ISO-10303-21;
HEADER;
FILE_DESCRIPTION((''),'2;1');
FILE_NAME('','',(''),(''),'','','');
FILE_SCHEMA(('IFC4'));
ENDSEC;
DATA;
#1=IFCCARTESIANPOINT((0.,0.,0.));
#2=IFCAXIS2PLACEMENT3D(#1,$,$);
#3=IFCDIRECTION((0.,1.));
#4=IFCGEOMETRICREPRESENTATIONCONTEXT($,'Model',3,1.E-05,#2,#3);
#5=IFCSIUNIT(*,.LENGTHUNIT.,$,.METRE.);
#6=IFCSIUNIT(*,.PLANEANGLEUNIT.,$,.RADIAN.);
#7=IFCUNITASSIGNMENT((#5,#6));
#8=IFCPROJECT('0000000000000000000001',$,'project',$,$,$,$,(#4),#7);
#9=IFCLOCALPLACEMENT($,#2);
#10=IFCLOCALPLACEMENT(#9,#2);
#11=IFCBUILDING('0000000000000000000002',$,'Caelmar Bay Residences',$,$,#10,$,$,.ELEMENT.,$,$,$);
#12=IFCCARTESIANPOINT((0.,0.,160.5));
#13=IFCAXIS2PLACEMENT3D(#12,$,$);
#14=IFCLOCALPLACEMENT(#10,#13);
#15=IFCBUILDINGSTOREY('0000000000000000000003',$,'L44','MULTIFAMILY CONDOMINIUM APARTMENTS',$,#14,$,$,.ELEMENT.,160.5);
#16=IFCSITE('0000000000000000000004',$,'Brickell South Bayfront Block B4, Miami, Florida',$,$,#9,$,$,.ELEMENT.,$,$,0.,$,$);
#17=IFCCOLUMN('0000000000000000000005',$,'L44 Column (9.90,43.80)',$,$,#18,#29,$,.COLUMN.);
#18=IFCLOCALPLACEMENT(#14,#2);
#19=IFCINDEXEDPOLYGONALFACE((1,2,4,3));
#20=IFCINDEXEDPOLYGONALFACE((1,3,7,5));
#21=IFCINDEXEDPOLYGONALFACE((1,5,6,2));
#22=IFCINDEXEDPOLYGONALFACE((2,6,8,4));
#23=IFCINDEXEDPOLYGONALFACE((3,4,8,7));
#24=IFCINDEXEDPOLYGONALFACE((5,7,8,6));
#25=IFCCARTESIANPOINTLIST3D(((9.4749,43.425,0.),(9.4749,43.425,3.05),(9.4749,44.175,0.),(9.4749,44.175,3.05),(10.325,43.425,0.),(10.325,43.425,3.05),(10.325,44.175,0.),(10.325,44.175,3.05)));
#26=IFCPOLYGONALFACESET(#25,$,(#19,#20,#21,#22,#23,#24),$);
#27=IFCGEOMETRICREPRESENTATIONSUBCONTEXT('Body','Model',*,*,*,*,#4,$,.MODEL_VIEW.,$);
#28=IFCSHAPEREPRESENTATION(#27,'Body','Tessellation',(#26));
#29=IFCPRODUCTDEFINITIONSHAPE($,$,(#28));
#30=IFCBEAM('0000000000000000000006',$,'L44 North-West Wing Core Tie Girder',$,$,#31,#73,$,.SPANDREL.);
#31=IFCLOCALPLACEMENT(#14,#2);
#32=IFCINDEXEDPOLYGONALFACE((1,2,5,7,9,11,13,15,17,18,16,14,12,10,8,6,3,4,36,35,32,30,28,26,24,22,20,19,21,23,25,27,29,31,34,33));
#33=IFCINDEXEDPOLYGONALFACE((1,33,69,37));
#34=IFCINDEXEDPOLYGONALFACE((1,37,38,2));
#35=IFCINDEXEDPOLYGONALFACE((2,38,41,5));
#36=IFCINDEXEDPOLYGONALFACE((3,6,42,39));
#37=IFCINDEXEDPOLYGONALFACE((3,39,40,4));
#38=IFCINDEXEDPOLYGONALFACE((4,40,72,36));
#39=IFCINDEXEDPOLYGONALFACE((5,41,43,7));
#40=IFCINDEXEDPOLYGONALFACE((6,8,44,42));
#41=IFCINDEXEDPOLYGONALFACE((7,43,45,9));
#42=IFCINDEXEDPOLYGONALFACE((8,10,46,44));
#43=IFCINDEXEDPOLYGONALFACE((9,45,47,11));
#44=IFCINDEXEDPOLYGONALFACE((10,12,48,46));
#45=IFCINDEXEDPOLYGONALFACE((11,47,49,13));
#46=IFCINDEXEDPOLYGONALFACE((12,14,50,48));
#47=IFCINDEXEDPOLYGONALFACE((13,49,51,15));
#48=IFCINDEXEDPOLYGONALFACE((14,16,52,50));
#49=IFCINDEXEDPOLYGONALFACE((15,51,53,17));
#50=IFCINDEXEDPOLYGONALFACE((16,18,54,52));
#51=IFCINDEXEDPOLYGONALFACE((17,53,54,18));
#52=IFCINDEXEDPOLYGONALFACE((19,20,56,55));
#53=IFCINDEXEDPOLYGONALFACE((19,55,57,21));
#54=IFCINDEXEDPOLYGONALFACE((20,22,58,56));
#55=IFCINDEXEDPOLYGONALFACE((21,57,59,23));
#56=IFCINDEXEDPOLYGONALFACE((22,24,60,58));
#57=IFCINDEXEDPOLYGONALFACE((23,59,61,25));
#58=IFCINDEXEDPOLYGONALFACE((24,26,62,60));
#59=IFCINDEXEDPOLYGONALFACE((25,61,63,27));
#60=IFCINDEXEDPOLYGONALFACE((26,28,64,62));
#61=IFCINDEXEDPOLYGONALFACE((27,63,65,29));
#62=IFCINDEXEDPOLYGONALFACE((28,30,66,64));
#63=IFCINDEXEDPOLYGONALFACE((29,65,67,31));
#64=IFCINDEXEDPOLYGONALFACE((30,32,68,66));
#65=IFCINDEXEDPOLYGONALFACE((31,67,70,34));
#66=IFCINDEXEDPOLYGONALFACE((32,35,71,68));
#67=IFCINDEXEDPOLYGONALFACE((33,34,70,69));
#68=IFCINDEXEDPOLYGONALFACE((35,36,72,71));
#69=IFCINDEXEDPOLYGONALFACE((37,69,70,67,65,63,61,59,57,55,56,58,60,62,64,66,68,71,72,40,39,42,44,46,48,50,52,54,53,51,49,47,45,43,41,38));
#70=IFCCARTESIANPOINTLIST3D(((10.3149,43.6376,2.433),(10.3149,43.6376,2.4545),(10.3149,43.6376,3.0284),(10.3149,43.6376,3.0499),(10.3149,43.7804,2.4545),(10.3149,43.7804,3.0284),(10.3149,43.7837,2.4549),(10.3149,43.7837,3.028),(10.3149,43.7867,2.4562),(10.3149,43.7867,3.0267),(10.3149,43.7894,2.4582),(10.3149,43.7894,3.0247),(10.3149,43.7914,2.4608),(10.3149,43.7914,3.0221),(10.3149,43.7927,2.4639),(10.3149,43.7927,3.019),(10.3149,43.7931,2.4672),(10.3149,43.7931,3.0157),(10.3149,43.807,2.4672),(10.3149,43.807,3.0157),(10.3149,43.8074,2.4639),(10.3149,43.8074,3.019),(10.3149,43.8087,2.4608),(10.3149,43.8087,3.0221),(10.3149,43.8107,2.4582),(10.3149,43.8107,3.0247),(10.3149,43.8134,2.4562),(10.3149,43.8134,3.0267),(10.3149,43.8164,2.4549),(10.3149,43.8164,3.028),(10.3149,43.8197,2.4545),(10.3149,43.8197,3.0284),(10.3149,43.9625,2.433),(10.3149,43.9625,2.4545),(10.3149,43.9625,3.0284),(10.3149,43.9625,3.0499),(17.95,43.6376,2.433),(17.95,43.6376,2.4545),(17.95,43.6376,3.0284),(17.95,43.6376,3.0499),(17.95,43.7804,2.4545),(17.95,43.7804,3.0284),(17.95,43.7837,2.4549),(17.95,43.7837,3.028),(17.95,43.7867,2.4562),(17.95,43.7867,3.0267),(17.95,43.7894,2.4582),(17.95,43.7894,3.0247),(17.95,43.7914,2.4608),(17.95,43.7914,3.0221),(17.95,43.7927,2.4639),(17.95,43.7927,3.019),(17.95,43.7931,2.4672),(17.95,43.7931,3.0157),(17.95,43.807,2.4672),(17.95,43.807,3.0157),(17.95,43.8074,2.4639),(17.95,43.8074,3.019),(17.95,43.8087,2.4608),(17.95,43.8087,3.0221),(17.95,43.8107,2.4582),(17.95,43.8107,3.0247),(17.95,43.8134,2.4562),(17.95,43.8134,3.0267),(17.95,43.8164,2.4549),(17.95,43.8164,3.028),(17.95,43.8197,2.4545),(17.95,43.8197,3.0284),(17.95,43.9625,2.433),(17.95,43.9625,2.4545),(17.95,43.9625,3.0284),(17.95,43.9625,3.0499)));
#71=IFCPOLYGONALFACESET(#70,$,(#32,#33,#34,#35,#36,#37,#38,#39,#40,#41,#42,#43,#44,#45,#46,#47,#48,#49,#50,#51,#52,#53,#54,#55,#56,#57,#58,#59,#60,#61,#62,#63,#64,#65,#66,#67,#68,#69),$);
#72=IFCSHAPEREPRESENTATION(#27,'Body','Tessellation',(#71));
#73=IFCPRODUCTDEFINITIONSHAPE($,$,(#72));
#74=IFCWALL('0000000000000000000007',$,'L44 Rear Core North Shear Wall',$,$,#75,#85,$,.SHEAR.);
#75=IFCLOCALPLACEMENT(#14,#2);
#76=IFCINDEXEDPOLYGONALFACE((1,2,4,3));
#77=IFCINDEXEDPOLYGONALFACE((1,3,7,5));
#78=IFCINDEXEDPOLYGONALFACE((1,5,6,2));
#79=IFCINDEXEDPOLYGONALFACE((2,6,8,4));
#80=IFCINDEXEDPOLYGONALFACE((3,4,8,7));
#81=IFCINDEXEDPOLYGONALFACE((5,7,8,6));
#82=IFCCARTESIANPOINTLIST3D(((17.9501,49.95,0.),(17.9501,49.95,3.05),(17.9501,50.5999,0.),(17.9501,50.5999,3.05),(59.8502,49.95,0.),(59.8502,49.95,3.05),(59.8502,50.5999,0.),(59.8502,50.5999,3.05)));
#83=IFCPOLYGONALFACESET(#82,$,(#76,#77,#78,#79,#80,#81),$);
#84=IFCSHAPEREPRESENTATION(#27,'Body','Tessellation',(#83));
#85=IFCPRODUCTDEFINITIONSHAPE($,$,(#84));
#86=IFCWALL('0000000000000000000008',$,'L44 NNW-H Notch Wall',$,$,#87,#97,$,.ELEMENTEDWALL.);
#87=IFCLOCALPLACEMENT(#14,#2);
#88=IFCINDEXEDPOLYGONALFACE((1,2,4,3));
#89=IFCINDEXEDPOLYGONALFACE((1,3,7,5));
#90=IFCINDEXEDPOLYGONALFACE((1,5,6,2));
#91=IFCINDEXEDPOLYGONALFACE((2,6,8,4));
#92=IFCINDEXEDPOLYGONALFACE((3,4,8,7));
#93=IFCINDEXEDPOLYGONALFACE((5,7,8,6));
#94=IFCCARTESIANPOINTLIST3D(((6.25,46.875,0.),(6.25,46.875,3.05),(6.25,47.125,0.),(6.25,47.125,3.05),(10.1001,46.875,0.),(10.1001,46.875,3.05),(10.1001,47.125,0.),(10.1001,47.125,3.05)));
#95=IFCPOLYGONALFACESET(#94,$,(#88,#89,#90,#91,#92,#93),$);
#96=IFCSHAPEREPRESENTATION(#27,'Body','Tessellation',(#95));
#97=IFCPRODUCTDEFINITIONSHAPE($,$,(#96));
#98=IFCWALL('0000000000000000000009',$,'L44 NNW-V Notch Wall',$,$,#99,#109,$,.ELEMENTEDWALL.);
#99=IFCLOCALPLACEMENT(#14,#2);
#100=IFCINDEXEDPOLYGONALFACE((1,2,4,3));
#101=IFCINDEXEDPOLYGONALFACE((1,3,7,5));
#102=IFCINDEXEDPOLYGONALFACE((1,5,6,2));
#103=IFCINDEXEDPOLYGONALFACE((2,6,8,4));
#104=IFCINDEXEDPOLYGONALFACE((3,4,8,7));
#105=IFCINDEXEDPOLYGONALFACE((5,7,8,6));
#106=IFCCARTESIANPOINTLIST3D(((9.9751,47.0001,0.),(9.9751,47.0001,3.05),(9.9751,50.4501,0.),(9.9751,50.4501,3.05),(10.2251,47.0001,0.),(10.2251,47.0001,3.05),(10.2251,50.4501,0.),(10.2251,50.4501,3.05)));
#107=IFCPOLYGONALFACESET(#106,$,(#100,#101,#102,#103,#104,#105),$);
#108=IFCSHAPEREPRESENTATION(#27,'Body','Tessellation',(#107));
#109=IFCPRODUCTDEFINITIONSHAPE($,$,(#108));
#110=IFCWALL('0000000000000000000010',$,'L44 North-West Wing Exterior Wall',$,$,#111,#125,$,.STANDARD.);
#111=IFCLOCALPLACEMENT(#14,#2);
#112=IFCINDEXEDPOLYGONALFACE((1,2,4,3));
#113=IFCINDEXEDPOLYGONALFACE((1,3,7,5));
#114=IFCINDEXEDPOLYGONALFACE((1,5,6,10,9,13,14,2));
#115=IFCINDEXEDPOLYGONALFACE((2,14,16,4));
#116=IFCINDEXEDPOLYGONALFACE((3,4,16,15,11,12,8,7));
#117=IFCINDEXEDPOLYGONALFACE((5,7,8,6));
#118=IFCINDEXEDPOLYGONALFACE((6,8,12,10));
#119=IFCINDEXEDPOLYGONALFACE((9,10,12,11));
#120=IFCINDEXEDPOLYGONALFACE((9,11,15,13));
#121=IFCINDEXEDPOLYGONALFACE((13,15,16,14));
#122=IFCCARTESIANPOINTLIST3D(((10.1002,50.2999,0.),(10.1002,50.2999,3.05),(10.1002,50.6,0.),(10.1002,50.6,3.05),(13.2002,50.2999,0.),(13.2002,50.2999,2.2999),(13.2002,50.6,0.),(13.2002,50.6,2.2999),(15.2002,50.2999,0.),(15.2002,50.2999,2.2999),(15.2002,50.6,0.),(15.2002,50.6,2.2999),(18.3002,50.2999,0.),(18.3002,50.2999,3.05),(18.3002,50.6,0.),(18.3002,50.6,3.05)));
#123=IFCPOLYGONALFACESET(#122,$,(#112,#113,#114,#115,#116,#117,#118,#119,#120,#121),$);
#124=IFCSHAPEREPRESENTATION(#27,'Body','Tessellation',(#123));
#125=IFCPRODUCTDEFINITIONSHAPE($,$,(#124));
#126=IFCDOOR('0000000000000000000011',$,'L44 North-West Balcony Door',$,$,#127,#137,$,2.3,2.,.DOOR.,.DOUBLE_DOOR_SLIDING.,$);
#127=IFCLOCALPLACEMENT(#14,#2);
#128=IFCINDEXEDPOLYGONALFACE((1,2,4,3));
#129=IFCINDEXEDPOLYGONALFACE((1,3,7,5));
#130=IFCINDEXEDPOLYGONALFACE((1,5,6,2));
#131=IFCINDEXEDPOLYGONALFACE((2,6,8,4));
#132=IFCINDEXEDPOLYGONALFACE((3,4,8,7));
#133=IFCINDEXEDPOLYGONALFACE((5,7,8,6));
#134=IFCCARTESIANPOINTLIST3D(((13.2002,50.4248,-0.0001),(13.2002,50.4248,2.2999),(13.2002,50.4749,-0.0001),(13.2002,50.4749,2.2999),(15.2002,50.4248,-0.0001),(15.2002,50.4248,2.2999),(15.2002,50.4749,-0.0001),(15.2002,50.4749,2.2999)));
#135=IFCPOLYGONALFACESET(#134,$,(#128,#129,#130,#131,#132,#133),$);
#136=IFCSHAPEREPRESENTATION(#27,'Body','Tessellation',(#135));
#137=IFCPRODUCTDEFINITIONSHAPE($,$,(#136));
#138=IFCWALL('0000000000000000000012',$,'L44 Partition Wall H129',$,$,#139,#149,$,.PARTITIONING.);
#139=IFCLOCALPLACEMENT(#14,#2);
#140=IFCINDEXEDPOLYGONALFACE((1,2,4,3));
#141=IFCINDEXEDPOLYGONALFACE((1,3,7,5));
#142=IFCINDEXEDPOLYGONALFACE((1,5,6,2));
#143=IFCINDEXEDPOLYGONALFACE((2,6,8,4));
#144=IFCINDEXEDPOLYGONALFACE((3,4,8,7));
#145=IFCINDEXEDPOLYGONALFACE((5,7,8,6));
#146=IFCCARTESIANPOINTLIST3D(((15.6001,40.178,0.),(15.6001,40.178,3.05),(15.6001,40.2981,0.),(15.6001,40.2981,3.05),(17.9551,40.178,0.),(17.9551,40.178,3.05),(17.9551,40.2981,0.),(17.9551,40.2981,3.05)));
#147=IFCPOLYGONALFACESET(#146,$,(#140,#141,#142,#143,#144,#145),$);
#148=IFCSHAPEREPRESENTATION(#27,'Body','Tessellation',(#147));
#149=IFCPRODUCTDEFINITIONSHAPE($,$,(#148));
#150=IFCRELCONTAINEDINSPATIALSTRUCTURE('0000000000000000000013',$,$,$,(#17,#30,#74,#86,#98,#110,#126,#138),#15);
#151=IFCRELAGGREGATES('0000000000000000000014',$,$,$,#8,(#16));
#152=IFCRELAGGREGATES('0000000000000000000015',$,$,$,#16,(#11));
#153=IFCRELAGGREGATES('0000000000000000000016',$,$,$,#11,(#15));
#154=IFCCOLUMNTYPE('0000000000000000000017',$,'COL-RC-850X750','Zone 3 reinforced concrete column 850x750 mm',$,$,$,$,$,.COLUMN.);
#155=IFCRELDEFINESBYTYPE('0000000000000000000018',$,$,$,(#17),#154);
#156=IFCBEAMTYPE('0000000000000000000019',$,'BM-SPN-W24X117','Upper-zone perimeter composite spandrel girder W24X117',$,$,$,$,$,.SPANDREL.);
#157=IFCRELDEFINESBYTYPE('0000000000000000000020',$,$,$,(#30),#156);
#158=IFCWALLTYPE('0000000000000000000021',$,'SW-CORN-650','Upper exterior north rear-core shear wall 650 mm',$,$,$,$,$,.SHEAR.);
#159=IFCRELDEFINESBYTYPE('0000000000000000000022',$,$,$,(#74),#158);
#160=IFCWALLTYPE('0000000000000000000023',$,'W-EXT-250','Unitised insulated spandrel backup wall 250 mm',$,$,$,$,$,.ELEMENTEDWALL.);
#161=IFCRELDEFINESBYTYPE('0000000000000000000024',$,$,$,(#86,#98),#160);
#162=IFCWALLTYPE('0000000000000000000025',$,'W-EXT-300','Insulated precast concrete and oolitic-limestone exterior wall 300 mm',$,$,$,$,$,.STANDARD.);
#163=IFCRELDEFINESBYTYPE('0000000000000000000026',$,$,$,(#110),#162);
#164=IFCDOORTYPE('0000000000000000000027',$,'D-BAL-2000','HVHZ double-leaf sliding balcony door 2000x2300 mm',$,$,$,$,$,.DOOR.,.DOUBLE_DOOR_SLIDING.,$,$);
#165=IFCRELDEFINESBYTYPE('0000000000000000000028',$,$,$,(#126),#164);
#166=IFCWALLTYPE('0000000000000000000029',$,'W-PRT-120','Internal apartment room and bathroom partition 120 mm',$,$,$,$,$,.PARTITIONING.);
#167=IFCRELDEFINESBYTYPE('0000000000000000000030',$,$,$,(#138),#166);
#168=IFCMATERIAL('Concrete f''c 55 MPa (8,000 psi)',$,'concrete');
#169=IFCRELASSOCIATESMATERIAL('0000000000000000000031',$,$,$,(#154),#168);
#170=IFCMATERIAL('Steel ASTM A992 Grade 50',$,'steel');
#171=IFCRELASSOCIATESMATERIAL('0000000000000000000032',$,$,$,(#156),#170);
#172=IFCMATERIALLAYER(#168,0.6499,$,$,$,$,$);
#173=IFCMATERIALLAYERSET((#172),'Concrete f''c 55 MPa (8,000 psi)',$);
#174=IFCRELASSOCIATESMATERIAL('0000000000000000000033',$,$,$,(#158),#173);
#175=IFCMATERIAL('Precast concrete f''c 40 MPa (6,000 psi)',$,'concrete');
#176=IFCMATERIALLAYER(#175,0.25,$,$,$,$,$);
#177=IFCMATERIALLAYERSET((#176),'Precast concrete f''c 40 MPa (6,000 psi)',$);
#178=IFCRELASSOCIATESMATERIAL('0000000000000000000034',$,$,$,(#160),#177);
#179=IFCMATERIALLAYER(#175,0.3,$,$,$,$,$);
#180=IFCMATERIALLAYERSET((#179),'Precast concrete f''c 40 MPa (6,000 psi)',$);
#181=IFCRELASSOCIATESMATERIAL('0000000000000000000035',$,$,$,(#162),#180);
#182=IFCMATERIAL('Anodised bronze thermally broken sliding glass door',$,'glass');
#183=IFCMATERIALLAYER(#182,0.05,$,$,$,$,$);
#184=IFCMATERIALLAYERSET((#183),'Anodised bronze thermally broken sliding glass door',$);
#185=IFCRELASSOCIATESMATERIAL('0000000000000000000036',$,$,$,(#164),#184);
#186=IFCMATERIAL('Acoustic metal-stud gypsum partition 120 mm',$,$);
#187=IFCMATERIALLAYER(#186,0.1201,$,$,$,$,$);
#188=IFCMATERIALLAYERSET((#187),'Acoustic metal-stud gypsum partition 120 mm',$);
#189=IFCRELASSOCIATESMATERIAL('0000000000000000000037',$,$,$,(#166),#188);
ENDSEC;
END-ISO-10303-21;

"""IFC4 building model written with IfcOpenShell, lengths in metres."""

from ifc_helpers import new_model, si_unit, direction, frame, frame_2d, origin, origin_2d, place, context, subcontext, project, spatial, rectangle, i_section, extrude, material, layer, layer_set, material_profile, profile_set, type_object, element, fill, save


model = new_model("IFC4")

# Units and contexts
model_context = context("Model", 3, precision=1e-05, world=origin(), true_north=direction((0.0, 1.0)))
body_context = subcontext(model_context, "Body", "Model", "MODEL_VIEW")
ifc_project = project(units=[si_unit("LENGTHUNIT", "METRE"), si_unit("PLANEANGLEUNIT", "RADIAN")], contexts=[model_context])

# Site, building, storey
site_placement = place(None, origin())
site = spatial("IfcSite", under=ifc_project, at=site_placement, Name="Brickell South Bayfront Block B4, Miami, Florida", CompositionType="ELEMENT", RefElevation=0.0)
building_placement = place(site_placement, origin())
building = spatial("IfcBuilding", under=site, at=building_placement, Name="Caelmar Bay Residences", CompositionType="ELEMENT")
storey_placement = place(building_placement, frame((0.0, 0.0, 160.5)))
storey = spatial("IfcBuildingStorey", under=building, at=storey_placement, Name="L44", Description="MULTIFAMILY CONDOMINIUM APARTMENTS", CompositionType="ELEMENT", Elevation=160.5)

# Column
ifc_material_1 = material(Name="Concrete f'c 55 MPa (8,000 psi)", Category="concrete")
ifc_material_profile_1 = material_profile(ifc_material_1, rectangle(XDim=0.8501, YDim=0.75, at=origin_2d()), Name="RC-COL-850X750")
ifc_profile_set_1 = profile_set([ifc_material_profile_1], Name="Concrete f'c 55 MPa (8,000 psi)")
column_type = type_object("IfcColumnType", Name="COL-RC-850X750", Description="Zone 3 reinforced concrete column 850x750 mm", PredefinedType="COLUMN", material=ifc_profile_set_1)
column_placement = place(storey_placement, frame((9.8999, 43.8, 0.0), z_axis=(0.0, 0.0, 1.0), x_axis=(1.0, 0.0, 0.0)))
element("IfcColumn", 1, at=column_placement, inside=storey, type_object=column_type, Name="L44 Column (9.90,43.80)", PredefinedType="COLUMN", context=body_context, shape_type="SweptSolid", body=[
    extrude(rectangle(XDim=0.8501, YDim=0.75, at=origin_2d()), origin(), (0.0, 0.0, 1.0), 3.05),
])

# Beam
ifc_material_2 = material(Name="Steel ASTM A992 Grade 50", Category="steel")
ifc_material_profile_2 = material_profile(ifc_material_2, i_section(OverallWidth=0.325, OverallDepth=0.6169, WebThickness=0.0139, FlangeThickness=0.0215, FilletRadius=0.0127, at=origin_2d()), Name="W24X117")
ifc_profile_set_2 = profile_set([ifc_material_profile_2], Name="Steel ASTM A992 Grade 50")
beam_type = type_object("IfcBeamType", Name="BM-SPN-W24X117", Description="Upper-zone perimeter composite spandrel girder W24X117", PredefinedType="SPANDREL", material=ifc_profile_set_2)
beam_placement = place(storey_placement, frame((10.3149, 43.8, 2.7415), z_axis=(1.0, 0.0, 0.0), x_axis=(0.0, 1.0, 0.0)))
element("IfcBeam", 2, at=beam_placement, inside=storey, type_object=beam_type, Name="L44 North-West Wing Core Tie Girder", PredefinedType="SPANDREL", context=body_context, shape_type="SweptSolid", body=[
    extrude(i_section(OverallWidth=0.325, OverallDepth=0.6169, WebThickness=0.0139, FlangeThickness=0.0215, FilletRadius=0.0127, at=origin_2d()), origin(), (0.0, 0.0, 1.0), 7.635),
])

# Walls
ifc_layer_1 = layer(ifc_material_1, 0.6499)
ifc_layer_set_1 = layer_set([ifc_layer_1], Name="Concrete f'c 55 MPa (8,000 psi)")
wall_type_1 = type_object("IfcWallType", Name="SW-CORN-650", Description="Upper exterior north rear-core shear wall 650 mm", PredefinedType="SHEAR", material=ifc_layer_set_1)
wall_1_placement = place(storey_placement, frame((17.95, 50.2749, 0.0), z_axis=(0.0, 0.0, 1.0), x_axis=(1.0, 0.0, 0.0)))
element("IfcWall", 3, at=wall_1_placement, inside=storey, type_object=wall_type_1, Name="L44 Rear Core North Shear Wall", PredefinedType="SHEAR", context=body_context, shape_type="SweptSolid", body=[
    extrude(rectangle(XDim=41.9001, YDim=0.6499, at=frame_2d((20.9502, 0.0))), origin(), (0.0, 0.0, 1.0), 3.05),
])
ifc_material_3 = material(Name="Precast concrete f'c 40 MPa (6,000 psi)", Category="concrete")
ifc_layer_2 = layer(ifc_material_3, 0.25)
ifc_layer_set_2 = layer_set([ifc_layer_2], Name="Precast concrete f'c 40 MPa (6,000 psi)")
wall_type_2 = type_object("IfcWallType", Name="W-EXT-250", Description="Unitised insulated spandrel backup wall 250 mm", PredefinedType="ELEMENTEDWALL", material=ifc_layer_set_2)
wall_2_placement = place(storey_placement, frame((6.25, 47.0, 0.0), z_axis=(0.0, 0.0, 1.0), x_axis=(1.0, 0.0, 0.0)))
element("IfcWall", 4, at=wall_2_placement, inside=storey, type_object=wall_type_2, Name="L44 NNW-H Notch Wall", PredefinedType="ELEMENTEDWALL", context=body_context, shape_type="SweptSolid", body=[
    extrude(rectangle(XDim=3.8501, YDim=0.25, at=frame_2d((1.925, 0.0))), origin(), (0.0, 0.0, 1.0), 3.05),
])
wall_3_placement = place(storey_placement, frame((10.1001, 47.0, 0.0), z_axis=(0.0, 0.0, 1.0), x_axis=(0.0, 1.0, 0.0)))
element("IfcWall", 5, at=wall_3_placement, inside=storey, type_object=wall_type_2, Name="L44 NNW-V Notch Wall", PredefinedType="ELEMENTEDWALL", context=body_context, shape_type="SweptSolid", body=[
    extrude(rectangle(XDim=3.45, YDim=0.25, at=frame_2d((1.7251, 0.0))), origin(), (0.0, 0.0, 1.0), 3.05),
])

# Wall, opening, door
ifc_layer_3 = layer(ifc_material_3, 0.3)
ifc_layer_set_3 = layer_set([ifc_layer_3], Name="Precast concrete f'c 40 MPa (6,000 psi)")
wall_type_3 = type_object("IfcWallType", Name="W-EXT-300", Description="Insulated precast concrete and oolitic-limestone exterior wall 300 mm", PredefinedType="STANDARD", material=ifc_layer_set_3)
wall_4_placement = place(storey_placement, frame((10.1001, 50.45, 0.0), z_axis=(0.0, 0.0, 1.0), x_axis=(1.0, 0.0, 0.0)))
wall_4 = element("IfcWall", 6, at=wall_4_placement, inside=storey, type_object=wall_type_3, Name="L44 North-West Wing Exterior Wall", PredefinedType="STANDARD", context=body_context, shape_type="SweptSolid", body=[
    extrude(rectangle(XDim=8.2, YDim=0.3, at=frame_2d((4.1001, 0.0))), origin(), (0.0, 0.0, 1.0), 3.05),
])
opening_1_placement = place(wall_4_placement, frame((3.1001, 0.0, 0.0)))
opening_1 = element("IfcOpeningElement", 7, at=opening_1_placement, cuts=wall_4, PredefinedType="OPENING", context=body_context, shape_type="SweptSolid", body=[
    extrude(rectangle(XDim=2.0, YDim=2.3, at=frame_2d((1.0, 1.1499))), frame((0.0, 0.1599, 0.0), z_axis=(0.0, -1.0, 0.0), x_axis=(1.0, 0.0, 0.0)), (0.0, 0.0, 1.0), 0.3201),
])
ifc_material_4 = material(Name="Anodised bronze thermally broken sliding glass door", Category="glass")
ifc_layer_4 = layer(ifc_material_4, 0.05)
ifc_layer_set_4 = layer_set([ifc_layer_4], Name="Anodised bronze thermally broken sliding glass door")
door_type_1 = type_object("IfcDoorType", Name="D-BAL-2000", Description="HVHZ double-leaf sliding balcony door 2000x2300 mm", OperationType="DOUBLE_DOOR_SLIDING", PredefinedType="DOOR", material=ifc_layer_set_4)
door_1_placement = place(opening_1_placement, origin())
door_1 = element("IfcDoor", 8, at=door_1_placement, inside=storey, type_object=door_type_1, Name="L44 North-West Balcony Door", OperationType="DOUBLE_DOOR_SLIDING", OverallHeight=2.3, OverallWidth=2.0, PredefinedType="DOOR", context=body_context, shape_type="SweptSolid", body=[
    extrude(rectangle(XDim=2.0, YDim=2.3, at=frame_2d((1.0, 1.1499))), frame((0.0, 0.0249, 0.0), z_axis=(0.0, -1.0, 0.0), x_axis=(1.0, 0.0, 0.0)), (0.0, 0.0, 1.0), 0.05),
])
fill(opening_1, door_1)
ifc_material_5 = material(Name="Acoustic metal-stud gypsum partition 120 mm")
ifc_layer_5 = layer(ifc_material_5, 0.1201)
ifc_layer_set_5 = layer_set([ifc_layer_5], Name="Acoustic metal-stud gypsum partition 120 mm")
wall_type_4 = type_object("IfcWallType", Name="W-PRT-120", Description="Internal apartment room and bathroom partition 120 mm", PredefinedType="PARTITIONING", material=ifc_layer_set_5)

# Wall
wall_5_placement = place(storey_placement, frame((15.6001, 40.238, 0.0), z_axis=(0.0, 0.0, 1.0), x_axis=(1.0, 0.0, 0.0)))
element("IfcWall", 9, at=wall_5_placement, inside=storey, type_object=wall_type_4, Name="L44 Partition Wall H129", PredefinedType="PARTITIONING", context=body_context, shape_type="SweptSolid", body=[
    extrude(rectangle(XDim=2.355, YDim=0.1201, at=frame_2d((1.1775, 0.0))), origin(), (0.0, 0.0, 1.0), 3.05),
])

save(model, "model.ifc")
